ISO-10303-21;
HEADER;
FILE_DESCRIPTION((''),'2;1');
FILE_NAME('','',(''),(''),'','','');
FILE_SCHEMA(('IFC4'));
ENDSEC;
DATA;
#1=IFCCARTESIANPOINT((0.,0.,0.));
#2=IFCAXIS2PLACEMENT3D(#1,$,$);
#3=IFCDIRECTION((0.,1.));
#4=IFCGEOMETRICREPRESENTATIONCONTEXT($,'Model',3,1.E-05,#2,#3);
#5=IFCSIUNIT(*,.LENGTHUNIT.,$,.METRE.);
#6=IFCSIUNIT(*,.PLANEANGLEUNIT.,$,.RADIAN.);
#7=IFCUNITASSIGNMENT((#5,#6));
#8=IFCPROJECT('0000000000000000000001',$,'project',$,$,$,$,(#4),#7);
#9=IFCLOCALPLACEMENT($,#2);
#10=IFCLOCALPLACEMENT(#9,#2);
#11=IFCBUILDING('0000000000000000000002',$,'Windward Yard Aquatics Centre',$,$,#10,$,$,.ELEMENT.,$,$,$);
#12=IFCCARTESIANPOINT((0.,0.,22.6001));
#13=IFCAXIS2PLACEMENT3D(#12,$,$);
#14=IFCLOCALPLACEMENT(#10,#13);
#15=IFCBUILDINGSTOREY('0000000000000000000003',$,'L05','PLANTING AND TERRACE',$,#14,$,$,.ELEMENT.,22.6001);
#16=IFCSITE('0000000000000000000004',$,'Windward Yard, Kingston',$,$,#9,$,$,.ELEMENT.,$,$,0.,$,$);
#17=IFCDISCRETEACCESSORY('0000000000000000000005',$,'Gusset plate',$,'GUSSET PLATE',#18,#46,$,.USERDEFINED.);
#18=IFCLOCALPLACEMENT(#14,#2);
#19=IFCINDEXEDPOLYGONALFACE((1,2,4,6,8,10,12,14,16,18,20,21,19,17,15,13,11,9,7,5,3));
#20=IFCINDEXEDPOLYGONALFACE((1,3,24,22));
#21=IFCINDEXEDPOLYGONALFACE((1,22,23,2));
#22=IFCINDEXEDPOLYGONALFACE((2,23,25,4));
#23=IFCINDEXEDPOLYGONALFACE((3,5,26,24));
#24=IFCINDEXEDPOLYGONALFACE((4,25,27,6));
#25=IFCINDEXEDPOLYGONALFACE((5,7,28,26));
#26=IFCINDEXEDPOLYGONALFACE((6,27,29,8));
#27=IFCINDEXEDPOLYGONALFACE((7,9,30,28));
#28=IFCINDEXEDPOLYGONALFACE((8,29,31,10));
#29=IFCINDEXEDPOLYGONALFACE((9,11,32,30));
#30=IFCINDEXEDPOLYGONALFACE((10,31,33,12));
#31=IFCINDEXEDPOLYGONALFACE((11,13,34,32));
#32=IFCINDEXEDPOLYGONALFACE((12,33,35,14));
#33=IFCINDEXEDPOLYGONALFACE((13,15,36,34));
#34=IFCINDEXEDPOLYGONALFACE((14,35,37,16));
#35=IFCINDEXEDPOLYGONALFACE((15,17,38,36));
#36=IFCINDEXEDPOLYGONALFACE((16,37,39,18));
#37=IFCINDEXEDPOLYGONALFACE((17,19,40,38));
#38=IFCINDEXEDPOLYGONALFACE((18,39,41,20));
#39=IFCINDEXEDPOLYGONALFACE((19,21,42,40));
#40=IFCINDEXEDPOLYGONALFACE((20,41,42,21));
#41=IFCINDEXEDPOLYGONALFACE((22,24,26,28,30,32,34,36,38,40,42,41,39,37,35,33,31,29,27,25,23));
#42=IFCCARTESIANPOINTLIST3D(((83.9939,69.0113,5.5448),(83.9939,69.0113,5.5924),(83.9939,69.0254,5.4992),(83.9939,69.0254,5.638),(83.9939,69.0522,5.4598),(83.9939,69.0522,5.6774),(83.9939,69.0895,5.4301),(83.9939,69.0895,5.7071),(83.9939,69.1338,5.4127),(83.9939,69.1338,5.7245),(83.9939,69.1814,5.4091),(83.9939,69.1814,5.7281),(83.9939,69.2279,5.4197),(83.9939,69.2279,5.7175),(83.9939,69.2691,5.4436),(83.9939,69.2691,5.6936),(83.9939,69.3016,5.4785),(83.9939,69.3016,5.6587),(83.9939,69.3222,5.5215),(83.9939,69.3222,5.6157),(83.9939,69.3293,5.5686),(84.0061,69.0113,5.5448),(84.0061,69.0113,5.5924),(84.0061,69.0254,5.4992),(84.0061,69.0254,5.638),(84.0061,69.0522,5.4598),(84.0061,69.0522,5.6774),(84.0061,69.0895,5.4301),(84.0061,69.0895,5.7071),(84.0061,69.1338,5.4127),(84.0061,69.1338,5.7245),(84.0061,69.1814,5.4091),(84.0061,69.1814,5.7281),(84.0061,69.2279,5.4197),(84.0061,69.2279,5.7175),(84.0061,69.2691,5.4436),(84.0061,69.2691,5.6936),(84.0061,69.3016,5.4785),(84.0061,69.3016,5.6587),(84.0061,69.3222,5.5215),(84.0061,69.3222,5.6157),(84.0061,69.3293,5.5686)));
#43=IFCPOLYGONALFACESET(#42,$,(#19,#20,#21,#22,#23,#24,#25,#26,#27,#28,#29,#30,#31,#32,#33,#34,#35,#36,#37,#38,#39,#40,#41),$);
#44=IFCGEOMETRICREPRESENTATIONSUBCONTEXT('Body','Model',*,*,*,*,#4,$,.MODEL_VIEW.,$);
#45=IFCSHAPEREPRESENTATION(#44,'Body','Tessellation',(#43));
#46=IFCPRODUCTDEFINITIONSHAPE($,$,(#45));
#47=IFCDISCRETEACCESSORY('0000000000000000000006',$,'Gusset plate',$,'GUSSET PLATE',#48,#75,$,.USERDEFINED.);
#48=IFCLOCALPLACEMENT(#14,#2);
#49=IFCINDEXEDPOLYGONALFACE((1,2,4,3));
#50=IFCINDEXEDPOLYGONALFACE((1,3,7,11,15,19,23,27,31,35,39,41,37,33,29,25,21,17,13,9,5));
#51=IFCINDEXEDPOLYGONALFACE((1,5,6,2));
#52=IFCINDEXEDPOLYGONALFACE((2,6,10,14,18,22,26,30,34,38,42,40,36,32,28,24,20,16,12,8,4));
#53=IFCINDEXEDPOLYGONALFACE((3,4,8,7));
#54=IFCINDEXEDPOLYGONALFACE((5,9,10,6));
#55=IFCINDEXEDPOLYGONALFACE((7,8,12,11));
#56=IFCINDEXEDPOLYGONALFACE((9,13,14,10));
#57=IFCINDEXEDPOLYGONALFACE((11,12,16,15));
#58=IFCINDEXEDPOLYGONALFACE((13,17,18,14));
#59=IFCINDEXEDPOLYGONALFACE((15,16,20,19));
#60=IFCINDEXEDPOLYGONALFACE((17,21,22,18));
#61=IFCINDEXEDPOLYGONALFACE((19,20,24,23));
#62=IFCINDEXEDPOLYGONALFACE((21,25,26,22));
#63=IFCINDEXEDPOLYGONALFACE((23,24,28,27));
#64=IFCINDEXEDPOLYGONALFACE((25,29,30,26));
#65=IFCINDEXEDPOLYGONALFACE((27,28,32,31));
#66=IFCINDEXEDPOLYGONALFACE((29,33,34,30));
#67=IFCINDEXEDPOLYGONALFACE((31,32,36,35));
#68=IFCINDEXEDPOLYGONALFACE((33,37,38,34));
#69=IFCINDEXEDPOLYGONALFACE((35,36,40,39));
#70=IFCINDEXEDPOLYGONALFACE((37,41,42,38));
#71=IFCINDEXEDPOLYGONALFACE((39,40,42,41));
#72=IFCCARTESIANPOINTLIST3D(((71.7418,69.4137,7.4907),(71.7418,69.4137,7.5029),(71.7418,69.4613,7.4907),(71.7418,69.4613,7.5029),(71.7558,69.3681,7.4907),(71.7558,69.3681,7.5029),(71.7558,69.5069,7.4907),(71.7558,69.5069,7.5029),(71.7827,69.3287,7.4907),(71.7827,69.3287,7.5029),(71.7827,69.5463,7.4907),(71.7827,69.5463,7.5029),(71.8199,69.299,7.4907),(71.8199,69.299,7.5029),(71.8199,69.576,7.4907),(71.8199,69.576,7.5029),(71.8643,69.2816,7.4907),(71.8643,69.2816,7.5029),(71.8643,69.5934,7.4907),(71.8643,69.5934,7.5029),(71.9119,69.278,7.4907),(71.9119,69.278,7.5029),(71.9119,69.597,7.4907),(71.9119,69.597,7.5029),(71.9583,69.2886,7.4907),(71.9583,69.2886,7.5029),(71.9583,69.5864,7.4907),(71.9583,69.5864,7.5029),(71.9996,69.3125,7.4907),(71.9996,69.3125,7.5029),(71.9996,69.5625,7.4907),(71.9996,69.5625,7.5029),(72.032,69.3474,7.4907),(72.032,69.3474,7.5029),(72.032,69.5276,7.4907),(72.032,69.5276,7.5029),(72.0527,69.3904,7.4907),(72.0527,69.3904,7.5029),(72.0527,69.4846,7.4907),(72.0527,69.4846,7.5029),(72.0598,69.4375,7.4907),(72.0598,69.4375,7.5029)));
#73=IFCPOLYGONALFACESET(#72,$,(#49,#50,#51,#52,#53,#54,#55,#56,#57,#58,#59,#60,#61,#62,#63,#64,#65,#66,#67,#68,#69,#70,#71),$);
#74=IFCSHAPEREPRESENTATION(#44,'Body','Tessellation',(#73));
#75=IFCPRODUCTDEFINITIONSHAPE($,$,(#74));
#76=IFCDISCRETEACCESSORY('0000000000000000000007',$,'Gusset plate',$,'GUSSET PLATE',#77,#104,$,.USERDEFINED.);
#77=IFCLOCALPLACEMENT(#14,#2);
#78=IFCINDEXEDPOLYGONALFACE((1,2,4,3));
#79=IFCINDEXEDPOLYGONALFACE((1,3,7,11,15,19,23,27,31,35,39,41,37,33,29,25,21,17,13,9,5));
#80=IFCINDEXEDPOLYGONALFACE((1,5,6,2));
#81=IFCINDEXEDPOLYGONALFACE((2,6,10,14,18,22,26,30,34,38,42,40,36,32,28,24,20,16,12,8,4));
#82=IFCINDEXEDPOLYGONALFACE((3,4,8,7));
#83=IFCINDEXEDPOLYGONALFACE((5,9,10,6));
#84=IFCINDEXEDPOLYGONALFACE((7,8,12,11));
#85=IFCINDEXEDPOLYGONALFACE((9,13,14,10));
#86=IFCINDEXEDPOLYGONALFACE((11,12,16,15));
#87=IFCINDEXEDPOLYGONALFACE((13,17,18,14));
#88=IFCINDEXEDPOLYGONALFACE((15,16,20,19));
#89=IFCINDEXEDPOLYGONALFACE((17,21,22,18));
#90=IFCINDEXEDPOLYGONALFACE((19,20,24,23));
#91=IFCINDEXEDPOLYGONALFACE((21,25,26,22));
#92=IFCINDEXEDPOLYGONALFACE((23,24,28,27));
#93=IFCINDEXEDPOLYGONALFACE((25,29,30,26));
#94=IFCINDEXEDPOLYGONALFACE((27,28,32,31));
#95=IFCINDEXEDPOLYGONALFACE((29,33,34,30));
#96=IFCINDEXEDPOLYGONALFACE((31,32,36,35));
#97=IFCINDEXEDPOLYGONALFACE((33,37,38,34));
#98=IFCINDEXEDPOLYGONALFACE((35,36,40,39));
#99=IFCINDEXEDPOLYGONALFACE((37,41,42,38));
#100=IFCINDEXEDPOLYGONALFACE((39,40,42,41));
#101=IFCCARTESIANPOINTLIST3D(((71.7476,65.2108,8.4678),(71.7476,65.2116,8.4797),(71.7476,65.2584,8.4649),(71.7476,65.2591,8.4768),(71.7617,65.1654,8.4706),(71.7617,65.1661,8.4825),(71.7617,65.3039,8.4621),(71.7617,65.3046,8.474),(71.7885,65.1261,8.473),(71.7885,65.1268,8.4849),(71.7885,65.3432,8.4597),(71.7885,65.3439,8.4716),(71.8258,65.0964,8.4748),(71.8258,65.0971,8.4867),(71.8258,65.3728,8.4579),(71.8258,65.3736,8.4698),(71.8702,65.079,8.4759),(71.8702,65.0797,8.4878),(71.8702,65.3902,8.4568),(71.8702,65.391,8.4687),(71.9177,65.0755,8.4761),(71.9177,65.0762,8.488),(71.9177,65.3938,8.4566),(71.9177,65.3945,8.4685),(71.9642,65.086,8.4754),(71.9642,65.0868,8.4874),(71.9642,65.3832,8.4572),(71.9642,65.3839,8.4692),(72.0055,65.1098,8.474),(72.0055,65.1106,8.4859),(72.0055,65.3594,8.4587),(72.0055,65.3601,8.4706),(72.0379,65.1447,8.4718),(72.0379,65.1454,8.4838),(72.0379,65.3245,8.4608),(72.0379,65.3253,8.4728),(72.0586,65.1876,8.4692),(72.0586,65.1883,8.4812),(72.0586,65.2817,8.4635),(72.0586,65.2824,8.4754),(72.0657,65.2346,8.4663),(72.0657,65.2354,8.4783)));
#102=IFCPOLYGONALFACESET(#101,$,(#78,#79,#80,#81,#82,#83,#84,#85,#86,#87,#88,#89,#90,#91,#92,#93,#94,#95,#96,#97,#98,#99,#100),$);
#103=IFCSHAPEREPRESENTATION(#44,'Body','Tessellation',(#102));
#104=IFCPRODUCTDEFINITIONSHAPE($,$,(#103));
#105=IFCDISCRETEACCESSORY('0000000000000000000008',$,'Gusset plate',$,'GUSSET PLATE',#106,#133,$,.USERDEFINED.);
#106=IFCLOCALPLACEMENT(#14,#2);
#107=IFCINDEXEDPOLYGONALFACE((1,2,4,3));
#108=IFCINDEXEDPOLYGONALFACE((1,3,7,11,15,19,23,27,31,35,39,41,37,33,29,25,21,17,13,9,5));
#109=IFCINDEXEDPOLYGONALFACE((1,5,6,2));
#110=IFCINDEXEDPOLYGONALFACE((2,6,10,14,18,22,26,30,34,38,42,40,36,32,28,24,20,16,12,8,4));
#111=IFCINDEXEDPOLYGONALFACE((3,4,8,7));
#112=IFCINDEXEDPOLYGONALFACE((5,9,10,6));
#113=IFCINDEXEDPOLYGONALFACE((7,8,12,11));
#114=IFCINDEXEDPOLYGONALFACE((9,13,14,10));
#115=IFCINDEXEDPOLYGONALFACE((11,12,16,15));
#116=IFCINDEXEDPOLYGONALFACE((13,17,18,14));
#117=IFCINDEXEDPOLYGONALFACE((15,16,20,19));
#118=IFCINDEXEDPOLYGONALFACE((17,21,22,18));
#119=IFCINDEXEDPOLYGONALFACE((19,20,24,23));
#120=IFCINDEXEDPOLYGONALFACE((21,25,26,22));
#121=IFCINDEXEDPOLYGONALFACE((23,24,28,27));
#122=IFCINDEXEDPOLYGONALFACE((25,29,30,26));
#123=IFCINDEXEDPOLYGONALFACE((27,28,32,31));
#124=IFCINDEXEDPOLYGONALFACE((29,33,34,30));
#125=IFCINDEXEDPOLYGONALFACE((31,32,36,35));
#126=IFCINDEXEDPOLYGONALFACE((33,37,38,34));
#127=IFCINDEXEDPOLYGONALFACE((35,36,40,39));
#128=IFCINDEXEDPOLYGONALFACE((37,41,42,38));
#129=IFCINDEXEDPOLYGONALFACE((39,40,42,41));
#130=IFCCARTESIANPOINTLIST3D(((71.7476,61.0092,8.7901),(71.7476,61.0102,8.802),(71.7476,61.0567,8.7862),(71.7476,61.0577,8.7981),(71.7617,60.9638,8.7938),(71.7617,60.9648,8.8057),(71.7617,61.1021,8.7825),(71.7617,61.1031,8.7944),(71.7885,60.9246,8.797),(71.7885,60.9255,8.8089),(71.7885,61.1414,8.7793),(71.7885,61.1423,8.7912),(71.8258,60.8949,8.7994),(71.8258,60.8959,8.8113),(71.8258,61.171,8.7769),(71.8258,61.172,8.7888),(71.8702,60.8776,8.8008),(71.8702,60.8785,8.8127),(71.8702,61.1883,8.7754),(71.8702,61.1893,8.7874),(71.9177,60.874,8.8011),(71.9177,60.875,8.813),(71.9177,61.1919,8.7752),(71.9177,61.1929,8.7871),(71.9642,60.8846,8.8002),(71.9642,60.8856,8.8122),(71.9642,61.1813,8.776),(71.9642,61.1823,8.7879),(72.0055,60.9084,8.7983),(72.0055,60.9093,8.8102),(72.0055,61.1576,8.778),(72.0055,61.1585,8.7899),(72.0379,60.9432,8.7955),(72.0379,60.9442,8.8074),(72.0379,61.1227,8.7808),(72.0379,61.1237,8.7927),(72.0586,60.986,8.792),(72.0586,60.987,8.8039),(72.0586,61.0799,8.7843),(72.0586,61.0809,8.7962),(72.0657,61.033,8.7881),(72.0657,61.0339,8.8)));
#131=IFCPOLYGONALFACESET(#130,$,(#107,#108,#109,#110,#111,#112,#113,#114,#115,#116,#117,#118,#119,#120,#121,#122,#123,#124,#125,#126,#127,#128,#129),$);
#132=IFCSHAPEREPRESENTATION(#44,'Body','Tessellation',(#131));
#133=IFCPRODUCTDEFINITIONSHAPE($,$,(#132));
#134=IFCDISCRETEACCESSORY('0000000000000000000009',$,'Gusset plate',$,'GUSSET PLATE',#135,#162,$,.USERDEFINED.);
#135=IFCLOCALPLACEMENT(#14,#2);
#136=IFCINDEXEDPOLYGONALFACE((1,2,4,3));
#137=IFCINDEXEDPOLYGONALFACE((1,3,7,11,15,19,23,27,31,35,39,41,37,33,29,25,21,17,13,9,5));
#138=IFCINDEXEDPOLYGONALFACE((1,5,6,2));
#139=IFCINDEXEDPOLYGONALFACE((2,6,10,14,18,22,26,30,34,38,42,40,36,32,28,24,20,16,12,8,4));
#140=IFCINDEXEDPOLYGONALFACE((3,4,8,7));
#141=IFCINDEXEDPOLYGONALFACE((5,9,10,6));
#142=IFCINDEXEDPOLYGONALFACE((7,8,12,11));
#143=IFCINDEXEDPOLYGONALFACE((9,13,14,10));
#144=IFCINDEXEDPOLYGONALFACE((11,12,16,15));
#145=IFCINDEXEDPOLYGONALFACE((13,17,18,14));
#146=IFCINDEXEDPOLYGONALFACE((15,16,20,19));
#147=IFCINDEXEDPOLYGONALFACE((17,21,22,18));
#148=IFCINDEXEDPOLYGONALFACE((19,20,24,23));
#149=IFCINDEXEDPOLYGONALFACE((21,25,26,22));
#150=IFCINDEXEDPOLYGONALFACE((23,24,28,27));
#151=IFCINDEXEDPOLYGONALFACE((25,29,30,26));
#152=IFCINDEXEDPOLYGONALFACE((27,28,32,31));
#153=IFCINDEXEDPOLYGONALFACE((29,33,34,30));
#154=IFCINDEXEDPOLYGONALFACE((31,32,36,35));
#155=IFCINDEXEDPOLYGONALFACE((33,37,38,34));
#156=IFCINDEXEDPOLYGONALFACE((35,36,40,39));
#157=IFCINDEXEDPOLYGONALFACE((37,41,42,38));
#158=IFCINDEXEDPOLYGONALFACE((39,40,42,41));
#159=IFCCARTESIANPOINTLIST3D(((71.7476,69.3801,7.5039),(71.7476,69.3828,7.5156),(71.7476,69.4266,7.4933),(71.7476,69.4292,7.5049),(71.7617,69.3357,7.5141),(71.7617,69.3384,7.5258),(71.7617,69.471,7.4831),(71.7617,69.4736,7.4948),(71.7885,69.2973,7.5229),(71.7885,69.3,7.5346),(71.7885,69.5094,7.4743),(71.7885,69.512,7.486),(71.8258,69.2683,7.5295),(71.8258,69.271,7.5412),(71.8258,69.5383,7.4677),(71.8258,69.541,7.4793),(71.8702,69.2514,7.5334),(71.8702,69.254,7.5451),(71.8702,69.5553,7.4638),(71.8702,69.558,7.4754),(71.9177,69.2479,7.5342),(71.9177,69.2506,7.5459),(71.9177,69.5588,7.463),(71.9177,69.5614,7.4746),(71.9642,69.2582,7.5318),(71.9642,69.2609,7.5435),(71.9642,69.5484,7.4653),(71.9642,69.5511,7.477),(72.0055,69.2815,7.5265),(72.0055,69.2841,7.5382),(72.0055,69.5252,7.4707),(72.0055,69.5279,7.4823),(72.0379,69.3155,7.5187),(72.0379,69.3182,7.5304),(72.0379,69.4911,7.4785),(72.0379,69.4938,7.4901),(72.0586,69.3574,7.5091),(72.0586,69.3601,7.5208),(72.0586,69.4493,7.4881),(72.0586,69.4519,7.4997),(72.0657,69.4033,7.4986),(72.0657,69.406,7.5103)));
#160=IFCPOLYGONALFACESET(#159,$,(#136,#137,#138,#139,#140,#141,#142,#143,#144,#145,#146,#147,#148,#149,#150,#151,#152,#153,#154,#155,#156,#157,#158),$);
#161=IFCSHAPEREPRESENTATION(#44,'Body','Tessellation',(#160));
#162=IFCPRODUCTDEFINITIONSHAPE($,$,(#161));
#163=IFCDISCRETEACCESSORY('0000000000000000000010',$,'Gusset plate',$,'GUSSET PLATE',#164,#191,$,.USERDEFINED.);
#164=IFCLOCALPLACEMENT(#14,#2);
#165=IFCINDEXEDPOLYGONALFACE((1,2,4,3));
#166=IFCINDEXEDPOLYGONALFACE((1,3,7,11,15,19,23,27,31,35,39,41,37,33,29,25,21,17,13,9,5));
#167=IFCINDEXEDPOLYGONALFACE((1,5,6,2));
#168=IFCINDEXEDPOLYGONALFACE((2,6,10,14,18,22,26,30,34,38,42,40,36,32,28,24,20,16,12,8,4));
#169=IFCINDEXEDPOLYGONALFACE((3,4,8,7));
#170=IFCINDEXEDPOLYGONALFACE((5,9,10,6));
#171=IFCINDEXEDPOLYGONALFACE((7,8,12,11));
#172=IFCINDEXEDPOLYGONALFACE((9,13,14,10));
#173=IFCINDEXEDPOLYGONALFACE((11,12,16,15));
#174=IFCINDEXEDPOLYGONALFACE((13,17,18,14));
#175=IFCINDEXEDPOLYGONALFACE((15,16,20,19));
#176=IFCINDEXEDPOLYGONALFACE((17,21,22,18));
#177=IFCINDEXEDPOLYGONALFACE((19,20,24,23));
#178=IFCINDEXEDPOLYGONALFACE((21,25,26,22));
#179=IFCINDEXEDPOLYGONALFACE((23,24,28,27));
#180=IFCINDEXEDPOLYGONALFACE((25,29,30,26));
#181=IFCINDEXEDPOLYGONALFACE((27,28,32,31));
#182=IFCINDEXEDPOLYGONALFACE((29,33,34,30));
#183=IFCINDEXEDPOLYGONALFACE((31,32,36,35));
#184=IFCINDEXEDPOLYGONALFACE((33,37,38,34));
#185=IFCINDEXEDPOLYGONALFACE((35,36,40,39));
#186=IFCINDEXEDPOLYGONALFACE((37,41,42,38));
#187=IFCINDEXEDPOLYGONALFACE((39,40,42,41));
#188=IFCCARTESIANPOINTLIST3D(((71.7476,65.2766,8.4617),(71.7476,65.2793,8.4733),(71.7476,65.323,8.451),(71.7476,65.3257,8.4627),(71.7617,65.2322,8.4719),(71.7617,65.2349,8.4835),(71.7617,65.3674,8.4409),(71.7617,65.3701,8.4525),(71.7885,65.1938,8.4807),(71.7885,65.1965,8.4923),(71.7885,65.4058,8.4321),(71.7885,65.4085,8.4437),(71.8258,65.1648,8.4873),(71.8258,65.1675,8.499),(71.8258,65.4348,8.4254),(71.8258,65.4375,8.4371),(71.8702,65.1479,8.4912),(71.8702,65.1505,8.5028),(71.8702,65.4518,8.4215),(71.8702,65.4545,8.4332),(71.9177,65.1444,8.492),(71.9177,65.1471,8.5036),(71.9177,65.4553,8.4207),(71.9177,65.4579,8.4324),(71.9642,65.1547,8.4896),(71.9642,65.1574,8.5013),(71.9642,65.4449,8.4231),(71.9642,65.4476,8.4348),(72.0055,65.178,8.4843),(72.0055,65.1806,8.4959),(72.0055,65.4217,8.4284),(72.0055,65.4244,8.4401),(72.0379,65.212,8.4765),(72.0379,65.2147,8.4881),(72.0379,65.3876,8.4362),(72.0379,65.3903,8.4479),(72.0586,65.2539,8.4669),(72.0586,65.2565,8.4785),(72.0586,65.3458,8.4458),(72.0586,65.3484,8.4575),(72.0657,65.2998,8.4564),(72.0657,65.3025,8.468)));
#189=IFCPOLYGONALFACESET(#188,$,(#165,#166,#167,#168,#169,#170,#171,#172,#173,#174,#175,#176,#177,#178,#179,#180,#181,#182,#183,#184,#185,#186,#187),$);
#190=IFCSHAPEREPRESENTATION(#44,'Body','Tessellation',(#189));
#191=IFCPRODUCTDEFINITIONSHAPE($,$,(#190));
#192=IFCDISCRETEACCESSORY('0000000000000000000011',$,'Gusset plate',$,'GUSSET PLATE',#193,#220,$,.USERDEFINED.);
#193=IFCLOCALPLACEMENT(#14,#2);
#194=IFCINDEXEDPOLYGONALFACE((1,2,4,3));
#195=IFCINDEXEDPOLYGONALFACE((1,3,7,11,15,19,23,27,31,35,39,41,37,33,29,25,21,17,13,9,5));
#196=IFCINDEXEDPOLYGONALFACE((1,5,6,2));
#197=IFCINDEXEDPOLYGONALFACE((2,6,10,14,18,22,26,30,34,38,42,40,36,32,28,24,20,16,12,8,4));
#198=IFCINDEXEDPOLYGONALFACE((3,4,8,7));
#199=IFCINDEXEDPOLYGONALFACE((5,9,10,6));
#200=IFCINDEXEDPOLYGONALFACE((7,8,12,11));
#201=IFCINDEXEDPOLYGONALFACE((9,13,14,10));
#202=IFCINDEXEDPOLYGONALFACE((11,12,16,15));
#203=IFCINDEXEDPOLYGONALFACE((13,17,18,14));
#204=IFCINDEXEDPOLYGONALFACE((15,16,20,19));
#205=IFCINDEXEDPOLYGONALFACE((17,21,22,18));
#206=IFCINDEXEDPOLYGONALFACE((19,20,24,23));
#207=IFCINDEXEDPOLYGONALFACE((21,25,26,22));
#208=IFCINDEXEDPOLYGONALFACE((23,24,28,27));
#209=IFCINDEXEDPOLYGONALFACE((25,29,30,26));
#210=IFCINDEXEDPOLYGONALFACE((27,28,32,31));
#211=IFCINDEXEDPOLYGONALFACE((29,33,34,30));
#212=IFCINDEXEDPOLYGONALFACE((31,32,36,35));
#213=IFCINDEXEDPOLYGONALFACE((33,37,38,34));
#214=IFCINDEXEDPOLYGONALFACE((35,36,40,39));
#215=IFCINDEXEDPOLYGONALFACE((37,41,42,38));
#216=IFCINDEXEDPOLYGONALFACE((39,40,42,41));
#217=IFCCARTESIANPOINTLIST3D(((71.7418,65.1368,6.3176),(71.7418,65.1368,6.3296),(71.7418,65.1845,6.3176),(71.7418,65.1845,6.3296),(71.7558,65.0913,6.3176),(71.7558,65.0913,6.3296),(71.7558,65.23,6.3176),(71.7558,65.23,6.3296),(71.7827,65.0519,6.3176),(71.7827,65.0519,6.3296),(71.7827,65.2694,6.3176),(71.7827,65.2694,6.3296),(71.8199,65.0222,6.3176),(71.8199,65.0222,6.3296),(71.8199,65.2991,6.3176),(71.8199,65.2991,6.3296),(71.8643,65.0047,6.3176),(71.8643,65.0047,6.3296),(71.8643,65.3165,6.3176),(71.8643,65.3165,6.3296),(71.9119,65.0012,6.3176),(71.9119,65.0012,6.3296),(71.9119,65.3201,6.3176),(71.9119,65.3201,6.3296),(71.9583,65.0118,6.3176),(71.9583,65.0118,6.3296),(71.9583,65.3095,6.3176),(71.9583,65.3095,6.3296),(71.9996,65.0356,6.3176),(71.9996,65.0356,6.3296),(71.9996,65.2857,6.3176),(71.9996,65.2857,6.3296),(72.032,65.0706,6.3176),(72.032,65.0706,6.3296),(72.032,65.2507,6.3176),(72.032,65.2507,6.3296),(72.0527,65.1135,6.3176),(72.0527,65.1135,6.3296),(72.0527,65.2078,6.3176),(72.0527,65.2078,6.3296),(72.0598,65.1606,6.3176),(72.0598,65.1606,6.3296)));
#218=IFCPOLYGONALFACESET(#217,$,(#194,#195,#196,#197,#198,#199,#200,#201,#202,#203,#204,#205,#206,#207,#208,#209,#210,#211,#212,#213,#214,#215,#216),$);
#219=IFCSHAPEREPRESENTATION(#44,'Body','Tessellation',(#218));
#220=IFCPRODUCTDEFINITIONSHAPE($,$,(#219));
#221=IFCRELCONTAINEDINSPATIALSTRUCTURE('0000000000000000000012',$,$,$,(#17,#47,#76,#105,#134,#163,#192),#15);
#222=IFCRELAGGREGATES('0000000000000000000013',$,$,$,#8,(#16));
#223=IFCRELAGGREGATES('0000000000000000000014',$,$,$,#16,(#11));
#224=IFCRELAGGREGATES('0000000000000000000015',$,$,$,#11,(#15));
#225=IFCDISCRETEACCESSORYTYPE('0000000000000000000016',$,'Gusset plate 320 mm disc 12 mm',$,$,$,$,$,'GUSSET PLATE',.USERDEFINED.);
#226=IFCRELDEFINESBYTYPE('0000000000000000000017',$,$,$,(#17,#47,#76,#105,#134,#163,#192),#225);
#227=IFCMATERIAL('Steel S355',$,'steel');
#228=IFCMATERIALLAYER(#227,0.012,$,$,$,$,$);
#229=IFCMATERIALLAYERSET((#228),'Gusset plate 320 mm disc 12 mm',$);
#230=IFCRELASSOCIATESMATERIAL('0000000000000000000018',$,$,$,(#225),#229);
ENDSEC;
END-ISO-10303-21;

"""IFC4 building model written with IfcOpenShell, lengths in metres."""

from ifc_helpers import new_model, si_unit, direction, frame, origin, origin_2d, place, context, subcontext, project, spatial, circle, extrude, material, layer, layer_set, type_object, element, save


model = new_model("IFC4")

# Units and contexts
model_context = context("Model", 3, precision=1e-05, world=origin(), true_north=direction((0.0, 1.0)))
body_context = subcontext(model_context, "Body", "Model", "MODEL_VIEW")
ifc_project = project(units=[si_unit("LENGTHUNIT", "METRE"), si_unit("PLANEANGLEUNIT", "RADIAN")], contexts=[model_context])

# Site, building, storey
site_placement = place(None, origin())
site = spatial("IfcSite", under=ifc_project, at=site_placement, Name="Windward Yard, Kingston", CompositionType="ELEMENT", RefElevation=0.0)
building_placement = place(site_placement, origin())
building = spatial("IfcBuilding", under=site, at=building_placement, Name="Windward Yard Aquatics Centre", CompositionType="ELEMENT")
storey_placement = place(building_placement, frame((0.0, 0.0, 22.6001)))
storey = spatial("IfcBuildingStorey", under=building, at=storey_placement, Name="L05", Description="PLANTING AND TERRACE", CompositionType="ELEMENT", Elevation=22.6001)

# Discrete accessories
ifc_material_1 = material(Name="Steel S355", Category="steel")
ifc_layer = layer(ifc_material_1, 0.012)
ifc_layer_set = layer_set([ifc_layer], Name="Gusset plate 320 mm disc 12 mm")
discrete_accessory_type = type_object("IfcDiscreteAccessoryType", Name="Gusset plate 320 mm disc 12 mm", ElementType="GUSSET PLATE", PredefinedType="USERDEFINED", material=ifc_layer_set)
for number, where, z_axis, x_axis, name in (
    (1, (83.9939, 69.1694, 5.5686), (1.0, 0.0, 0.0), (0.0, 1.0, 0.0), "Gusset plate"),
    (2, (71.8999, 69.4375, 7.4907), (0.0, 0.0, 1.0), (1.0, 0.0, 0.0), "Gusset plate"),
):
    element("IfcDiscreteAccessory", number, at=place(storey_placement, frame(where, z_axis=z_axis, x_axis=x_axis)), inside=storey, type_object=discrete_accessory_type, Name=name, ObjectType="GUSSET PLATE", PredefinedType="USERDEFINED", context=body_context, shape_type="SweptSolid", body=[
        extrude(circle(Radius=0.1599, at=origin_2d()), origin(), (0.0, 0.0, 1.0), 0.0122),
    ])
for number, where, z_axis, x_axis, name in (
    (3, (71.9058, 65.2354, 8.4783), (0.0, -0.06111, -0.998131), (1.0, 0.0, 0.0), "Gusset plate"),
    (4, (71.9058, 61.0339, 8.8), (0.0, -0.081362, -0.996685), (1.0, 0.0, 0.0), "Gusset plate"),
    (5, (71.9058, 69.406, 7.5103), (0.0, -0.223376, -0.974732), (1.0, 0.0, 0.0), "Gusset plate"),
    (6, (71.9058, 65.3025, 8.468), (0.0, -0.223376, -0.974732), (1.0, 0.0, 0.0), "Gusset plate"),
    (7, (71.8999, 65.1606, 6.3176), (0.0, 0.0, 1.0), (1.0, 0.0, 0.0), "Gusset plate"),
):
    element("IfcDiscreteAccessory", number, at=place(storey_placement, frame(where, z_axis=z_axis, x_axis=x_axis)), inside=storey, type_object=discrete_accessory_type, Name=name, ObjectType="GUSSET PLATE", PredefinedType="USERDEFINED", context=body_context, shape_type="SweptSolid", body=[
        extrude(circle(Radius=0.1599, at=origin_2d()), origin(), (0.0, 0.0, 1.0), 0.012),
    ])

save(model, "model.ifc")
